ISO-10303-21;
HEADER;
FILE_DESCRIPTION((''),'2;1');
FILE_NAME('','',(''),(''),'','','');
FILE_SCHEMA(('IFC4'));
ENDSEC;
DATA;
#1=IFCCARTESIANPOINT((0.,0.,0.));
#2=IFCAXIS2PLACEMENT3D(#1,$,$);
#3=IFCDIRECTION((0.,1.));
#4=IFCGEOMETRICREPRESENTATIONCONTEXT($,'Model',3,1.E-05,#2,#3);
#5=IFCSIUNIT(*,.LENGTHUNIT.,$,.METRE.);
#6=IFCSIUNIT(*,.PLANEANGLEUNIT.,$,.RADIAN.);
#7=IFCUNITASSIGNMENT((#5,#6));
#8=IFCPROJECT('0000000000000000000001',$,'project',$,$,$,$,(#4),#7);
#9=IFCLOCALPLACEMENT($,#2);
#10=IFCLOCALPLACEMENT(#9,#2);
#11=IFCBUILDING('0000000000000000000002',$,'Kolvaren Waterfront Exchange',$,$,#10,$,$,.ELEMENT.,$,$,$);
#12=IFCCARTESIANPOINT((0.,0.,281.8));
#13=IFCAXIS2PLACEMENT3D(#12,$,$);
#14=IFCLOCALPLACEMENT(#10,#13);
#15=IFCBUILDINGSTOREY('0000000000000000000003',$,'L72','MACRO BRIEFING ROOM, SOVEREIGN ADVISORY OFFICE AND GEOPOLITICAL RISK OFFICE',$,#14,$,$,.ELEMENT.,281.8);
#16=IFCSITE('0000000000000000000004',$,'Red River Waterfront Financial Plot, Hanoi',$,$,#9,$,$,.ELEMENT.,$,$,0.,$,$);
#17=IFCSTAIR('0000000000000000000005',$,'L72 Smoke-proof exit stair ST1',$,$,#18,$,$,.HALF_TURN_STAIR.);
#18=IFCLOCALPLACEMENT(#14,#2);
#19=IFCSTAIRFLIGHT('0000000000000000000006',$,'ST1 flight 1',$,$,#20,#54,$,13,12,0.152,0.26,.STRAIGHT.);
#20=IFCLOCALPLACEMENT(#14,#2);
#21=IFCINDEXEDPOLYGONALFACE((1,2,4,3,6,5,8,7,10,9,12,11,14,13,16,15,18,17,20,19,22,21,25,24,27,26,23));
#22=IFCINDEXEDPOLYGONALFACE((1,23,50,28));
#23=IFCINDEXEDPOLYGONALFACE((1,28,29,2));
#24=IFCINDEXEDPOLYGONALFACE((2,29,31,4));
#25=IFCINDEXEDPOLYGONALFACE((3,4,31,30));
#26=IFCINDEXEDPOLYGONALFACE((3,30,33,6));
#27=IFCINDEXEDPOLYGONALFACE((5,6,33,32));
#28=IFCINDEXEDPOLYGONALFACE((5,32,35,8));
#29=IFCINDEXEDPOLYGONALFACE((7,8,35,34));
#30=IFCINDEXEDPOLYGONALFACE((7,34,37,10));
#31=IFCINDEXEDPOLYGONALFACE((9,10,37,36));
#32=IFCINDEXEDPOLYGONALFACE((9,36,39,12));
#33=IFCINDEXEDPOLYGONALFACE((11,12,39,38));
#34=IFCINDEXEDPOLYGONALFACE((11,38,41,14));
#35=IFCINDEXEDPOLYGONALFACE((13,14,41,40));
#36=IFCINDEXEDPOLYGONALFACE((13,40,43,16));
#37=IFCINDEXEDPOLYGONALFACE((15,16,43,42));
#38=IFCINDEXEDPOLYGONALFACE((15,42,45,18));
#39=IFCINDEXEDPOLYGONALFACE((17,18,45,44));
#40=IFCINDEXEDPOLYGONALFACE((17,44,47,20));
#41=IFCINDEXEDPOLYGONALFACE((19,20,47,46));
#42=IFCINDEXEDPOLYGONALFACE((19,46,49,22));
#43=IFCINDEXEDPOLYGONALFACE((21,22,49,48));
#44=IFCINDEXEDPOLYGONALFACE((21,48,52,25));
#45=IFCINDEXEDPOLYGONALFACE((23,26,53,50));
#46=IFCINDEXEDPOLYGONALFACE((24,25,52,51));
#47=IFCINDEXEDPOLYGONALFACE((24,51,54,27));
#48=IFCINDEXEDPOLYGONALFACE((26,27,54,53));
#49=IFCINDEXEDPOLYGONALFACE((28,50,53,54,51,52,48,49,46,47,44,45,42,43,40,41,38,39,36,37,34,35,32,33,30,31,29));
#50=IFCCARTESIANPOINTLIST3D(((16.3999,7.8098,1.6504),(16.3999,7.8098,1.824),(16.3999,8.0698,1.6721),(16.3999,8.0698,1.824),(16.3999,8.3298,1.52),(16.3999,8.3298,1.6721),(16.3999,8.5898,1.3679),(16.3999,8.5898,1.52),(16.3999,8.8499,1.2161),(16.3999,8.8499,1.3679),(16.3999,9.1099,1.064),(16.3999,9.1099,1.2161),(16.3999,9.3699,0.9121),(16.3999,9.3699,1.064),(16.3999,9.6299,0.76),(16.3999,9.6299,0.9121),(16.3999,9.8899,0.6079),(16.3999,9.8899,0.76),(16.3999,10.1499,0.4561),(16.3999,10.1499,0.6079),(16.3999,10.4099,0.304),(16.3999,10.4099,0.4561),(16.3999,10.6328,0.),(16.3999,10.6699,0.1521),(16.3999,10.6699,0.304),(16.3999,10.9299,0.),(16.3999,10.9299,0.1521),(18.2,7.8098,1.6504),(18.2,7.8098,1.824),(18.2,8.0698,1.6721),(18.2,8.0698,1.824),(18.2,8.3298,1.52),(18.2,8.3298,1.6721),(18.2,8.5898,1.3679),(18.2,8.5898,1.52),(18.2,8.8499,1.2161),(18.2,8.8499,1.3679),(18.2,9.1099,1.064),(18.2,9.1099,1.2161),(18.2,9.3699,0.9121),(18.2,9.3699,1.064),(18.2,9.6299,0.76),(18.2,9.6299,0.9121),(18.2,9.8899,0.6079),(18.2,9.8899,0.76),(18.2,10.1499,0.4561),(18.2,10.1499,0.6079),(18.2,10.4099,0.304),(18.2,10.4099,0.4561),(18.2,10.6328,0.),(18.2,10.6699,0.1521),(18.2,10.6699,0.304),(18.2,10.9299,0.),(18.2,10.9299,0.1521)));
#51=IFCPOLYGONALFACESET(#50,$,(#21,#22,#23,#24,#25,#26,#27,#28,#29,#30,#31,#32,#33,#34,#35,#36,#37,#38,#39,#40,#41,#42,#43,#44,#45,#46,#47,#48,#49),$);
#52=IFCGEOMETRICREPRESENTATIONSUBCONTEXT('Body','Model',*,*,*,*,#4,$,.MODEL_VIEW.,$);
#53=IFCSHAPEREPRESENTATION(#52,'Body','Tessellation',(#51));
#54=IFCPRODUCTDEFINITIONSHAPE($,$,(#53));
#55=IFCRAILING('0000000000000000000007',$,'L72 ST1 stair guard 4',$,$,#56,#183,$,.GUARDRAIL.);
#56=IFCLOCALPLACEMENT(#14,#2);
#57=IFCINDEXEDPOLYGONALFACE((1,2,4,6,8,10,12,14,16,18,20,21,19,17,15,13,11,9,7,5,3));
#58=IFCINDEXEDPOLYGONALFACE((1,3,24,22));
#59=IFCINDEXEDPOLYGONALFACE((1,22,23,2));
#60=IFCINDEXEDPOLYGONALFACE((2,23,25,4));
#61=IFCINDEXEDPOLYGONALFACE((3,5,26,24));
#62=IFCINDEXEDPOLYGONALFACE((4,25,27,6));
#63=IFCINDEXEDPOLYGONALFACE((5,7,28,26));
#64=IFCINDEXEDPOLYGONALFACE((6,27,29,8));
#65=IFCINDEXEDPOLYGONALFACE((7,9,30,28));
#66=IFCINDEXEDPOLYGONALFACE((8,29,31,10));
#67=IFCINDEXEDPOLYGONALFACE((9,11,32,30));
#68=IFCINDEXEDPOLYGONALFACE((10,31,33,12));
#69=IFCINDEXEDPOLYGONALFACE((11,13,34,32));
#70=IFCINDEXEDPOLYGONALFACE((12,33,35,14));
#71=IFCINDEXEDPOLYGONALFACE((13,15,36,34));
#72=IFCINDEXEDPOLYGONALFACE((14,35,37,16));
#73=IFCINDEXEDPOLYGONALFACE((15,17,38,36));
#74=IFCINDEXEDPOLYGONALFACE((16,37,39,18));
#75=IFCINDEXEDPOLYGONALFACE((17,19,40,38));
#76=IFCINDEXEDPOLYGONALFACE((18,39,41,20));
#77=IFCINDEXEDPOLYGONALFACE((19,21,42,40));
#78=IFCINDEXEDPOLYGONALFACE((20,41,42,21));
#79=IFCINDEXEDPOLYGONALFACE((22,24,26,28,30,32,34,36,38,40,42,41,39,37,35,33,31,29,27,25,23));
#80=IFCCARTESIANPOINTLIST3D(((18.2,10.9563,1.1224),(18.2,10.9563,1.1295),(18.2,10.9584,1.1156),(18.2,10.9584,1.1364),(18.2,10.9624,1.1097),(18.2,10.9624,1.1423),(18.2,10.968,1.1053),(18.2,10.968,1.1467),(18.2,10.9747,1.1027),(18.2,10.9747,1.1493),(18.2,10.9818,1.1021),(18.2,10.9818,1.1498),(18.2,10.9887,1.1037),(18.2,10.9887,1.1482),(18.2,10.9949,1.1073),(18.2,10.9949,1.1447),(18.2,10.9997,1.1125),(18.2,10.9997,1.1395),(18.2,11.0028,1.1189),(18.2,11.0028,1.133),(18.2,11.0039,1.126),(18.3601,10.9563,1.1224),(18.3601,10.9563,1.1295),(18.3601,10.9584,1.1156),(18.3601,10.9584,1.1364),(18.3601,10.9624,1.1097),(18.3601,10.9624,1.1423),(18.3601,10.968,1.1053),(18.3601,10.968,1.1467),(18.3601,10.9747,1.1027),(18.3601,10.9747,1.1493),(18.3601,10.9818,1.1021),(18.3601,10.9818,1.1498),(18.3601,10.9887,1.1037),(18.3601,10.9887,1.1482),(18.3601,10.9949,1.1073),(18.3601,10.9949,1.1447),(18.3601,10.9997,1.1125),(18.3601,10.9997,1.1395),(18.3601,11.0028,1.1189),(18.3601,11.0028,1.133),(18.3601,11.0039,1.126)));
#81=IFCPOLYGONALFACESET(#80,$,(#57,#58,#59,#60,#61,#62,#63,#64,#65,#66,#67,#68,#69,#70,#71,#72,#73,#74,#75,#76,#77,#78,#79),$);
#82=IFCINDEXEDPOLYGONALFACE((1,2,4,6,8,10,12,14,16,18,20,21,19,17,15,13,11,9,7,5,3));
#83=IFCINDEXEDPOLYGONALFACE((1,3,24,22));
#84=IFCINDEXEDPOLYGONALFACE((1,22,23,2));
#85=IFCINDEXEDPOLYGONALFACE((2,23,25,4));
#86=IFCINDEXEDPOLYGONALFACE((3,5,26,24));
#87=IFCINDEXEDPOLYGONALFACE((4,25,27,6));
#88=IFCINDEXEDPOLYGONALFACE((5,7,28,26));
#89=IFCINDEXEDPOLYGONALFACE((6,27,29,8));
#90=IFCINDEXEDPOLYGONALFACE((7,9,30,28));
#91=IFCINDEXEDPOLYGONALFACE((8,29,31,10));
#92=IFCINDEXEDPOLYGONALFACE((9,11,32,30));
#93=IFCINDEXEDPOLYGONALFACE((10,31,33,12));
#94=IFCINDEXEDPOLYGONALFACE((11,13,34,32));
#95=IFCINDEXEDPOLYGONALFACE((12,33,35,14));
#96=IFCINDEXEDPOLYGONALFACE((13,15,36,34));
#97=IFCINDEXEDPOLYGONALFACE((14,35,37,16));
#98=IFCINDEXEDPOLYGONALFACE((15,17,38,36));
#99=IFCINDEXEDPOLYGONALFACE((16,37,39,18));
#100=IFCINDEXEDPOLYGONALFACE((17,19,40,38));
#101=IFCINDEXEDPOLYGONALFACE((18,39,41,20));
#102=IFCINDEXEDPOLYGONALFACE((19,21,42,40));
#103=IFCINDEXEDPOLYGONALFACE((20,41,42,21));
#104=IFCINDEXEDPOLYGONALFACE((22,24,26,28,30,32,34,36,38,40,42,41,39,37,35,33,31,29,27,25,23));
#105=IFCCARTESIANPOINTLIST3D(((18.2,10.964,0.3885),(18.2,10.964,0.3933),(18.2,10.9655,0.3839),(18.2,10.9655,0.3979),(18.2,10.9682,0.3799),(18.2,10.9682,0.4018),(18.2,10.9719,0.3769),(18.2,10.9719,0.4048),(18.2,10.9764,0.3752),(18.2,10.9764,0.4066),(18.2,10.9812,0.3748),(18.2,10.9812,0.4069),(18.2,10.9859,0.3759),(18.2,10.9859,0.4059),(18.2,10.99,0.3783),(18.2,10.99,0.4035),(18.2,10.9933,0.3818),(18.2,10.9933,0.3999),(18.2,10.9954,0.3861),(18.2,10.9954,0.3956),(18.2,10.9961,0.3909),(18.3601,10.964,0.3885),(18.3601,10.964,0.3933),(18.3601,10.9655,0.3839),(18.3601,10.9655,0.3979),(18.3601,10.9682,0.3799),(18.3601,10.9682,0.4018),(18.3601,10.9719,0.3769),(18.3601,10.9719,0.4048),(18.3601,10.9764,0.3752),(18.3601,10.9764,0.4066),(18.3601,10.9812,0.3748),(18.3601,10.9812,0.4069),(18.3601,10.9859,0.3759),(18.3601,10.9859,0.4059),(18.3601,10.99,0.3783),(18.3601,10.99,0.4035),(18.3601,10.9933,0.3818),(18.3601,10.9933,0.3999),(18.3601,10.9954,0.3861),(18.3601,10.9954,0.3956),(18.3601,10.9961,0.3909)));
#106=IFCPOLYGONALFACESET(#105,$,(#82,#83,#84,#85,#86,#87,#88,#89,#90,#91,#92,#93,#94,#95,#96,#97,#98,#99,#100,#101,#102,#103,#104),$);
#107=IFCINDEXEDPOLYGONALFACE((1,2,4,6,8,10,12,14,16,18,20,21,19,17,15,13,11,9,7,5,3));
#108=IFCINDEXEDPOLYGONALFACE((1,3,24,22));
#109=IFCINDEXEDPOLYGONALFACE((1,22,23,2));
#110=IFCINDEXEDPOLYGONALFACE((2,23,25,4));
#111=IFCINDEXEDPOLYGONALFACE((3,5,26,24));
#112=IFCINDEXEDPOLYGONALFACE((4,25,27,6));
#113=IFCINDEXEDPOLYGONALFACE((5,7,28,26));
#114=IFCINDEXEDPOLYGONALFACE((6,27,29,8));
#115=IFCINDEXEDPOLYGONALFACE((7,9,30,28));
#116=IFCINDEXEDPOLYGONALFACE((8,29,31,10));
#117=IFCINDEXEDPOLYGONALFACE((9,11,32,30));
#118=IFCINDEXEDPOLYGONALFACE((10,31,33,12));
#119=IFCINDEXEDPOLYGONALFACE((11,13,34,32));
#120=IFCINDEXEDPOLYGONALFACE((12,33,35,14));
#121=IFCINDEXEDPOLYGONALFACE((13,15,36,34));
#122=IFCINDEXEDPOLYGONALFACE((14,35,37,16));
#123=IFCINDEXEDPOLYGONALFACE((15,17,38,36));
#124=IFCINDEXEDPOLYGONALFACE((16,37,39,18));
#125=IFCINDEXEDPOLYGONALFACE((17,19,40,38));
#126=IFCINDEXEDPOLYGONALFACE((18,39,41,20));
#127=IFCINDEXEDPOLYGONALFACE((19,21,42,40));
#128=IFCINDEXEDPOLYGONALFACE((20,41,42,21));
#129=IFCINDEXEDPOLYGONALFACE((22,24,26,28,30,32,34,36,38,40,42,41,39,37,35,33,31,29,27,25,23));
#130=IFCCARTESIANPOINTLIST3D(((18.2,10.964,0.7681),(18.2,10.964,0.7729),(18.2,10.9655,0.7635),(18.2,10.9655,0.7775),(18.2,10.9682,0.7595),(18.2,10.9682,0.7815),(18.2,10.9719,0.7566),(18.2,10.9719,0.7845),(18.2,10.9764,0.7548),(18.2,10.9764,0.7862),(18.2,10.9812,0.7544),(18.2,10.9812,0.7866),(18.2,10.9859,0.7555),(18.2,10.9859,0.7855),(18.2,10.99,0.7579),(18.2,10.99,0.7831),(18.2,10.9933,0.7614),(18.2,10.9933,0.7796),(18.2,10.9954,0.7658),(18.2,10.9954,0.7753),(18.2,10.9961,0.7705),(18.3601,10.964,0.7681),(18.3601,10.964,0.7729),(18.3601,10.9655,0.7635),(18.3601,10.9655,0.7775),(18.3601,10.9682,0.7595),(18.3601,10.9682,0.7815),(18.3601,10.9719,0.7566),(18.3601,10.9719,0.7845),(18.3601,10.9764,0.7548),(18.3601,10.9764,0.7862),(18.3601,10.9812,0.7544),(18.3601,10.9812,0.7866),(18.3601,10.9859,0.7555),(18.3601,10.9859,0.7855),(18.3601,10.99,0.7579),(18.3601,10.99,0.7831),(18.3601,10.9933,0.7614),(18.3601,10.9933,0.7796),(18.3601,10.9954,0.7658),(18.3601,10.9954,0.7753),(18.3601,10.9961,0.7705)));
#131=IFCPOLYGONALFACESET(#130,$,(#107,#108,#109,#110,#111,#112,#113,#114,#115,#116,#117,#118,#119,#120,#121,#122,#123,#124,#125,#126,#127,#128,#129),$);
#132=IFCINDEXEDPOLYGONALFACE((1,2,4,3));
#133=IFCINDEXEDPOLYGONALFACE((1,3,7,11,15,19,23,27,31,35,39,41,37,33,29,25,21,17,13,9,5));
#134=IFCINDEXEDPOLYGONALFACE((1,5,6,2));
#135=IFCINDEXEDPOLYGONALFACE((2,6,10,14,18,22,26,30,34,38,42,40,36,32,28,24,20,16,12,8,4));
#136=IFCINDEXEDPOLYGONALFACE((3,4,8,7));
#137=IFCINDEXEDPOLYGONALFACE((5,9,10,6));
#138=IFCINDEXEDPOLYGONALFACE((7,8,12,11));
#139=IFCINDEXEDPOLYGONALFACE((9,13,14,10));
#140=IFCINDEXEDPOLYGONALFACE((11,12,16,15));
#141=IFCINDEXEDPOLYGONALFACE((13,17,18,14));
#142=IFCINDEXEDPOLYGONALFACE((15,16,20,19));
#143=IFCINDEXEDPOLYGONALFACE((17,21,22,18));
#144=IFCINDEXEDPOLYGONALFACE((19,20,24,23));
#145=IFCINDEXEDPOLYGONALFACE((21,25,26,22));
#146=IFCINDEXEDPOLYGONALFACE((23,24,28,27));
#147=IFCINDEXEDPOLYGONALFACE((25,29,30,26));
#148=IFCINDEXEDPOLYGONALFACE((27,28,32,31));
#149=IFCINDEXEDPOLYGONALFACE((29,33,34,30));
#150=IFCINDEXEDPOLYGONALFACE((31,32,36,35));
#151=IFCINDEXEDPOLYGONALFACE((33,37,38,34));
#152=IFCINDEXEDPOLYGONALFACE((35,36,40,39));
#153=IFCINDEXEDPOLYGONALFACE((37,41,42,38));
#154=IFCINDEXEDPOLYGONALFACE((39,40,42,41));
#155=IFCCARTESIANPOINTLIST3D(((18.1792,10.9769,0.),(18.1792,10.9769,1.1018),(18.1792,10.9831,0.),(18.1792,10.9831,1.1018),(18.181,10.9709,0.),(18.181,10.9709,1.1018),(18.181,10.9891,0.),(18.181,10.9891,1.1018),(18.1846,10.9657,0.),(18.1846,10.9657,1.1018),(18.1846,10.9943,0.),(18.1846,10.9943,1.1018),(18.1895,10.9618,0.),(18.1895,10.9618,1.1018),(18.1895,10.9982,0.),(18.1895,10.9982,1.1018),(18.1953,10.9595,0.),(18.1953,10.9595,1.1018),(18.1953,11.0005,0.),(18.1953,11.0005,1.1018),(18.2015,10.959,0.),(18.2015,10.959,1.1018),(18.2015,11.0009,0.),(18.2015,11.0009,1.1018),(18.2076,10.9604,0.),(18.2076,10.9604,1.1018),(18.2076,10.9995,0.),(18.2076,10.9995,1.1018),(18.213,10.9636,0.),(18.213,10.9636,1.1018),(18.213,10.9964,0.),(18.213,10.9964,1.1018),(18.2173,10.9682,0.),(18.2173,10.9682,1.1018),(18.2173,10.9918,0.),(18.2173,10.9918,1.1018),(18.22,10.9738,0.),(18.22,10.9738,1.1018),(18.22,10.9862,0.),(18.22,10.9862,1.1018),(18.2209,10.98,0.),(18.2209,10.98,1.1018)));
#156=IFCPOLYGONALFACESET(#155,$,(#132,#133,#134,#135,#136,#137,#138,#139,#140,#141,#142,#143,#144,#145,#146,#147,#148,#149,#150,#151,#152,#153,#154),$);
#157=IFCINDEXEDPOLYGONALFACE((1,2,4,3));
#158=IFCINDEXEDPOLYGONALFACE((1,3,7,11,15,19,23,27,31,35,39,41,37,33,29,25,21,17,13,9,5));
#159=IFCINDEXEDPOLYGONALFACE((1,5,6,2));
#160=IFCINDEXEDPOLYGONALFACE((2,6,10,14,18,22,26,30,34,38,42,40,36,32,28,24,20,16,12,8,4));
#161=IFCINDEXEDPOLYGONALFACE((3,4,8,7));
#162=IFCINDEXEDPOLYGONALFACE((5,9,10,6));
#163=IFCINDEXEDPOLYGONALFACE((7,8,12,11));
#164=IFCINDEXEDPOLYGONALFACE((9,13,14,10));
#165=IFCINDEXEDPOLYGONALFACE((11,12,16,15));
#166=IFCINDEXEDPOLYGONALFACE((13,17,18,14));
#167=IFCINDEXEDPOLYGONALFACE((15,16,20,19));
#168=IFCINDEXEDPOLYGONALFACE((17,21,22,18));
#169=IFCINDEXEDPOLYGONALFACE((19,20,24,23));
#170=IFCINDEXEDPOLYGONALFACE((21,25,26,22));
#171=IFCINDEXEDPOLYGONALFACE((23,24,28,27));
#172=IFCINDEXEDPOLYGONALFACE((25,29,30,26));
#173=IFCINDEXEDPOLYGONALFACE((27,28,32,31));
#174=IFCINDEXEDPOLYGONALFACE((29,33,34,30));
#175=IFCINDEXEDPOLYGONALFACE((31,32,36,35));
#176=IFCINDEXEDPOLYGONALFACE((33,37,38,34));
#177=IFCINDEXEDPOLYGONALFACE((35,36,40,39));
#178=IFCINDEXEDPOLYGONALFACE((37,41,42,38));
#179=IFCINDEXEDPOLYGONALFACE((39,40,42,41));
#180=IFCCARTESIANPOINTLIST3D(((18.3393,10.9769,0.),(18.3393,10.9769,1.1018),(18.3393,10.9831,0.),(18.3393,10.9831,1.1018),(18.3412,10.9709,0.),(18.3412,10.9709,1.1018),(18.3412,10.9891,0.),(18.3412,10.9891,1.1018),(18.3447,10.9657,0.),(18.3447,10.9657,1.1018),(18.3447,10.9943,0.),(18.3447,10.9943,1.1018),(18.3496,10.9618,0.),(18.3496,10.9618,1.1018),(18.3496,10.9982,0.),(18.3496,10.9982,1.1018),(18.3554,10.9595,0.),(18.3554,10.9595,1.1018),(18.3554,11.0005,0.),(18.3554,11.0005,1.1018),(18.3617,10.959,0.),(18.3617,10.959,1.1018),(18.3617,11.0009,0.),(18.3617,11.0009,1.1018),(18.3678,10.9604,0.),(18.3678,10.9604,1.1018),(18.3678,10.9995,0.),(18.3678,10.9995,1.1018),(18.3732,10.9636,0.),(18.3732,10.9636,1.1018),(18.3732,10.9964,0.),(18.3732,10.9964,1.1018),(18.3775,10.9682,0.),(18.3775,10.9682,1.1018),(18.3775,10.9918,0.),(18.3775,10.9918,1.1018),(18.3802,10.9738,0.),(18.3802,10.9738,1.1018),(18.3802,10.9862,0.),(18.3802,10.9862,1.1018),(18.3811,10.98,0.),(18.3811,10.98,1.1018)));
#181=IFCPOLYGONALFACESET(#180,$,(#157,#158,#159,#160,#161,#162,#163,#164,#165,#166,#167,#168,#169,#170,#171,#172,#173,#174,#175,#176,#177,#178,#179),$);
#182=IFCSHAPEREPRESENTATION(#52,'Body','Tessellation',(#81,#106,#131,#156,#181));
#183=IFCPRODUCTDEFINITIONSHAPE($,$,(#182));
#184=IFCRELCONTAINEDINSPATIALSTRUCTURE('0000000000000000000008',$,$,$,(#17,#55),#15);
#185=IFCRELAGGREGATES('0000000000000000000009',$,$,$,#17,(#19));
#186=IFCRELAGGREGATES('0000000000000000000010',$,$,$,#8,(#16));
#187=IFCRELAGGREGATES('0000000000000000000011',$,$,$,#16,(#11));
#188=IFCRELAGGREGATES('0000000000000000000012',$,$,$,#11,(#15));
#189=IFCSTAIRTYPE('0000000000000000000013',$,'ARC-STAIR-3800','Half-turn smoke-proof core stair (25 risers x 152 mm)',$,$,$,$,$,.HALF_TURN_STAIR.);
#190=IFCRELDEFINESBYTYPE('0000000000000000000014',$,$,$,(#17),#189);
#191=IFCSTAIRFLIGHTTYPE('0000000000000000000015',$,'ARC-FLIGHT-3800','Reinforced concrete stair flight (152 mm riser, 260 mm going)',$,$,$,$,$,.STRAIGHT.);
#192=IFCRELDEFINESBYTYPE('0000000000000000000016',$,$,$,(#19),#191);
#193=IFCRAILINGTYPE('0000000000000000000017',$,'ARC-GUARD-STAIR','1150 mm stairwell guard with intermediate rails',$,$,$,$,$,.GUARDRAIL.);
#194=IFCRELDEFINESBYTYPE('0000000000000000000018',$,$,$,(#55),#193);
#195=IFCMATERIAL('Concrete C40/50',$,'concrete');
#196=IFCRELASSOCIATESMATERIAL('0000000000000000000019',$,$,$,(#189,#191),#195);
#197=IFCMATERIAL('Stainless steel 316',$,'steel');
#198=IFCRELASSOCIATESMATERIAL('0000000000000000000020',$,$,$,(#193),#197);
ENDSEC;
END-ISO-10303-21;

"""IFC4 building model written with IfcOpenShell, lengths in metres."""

from ifc_helpers import new_model, si_unit, direction, frame, origin, origin_2d, place, context, subcontext, project, spatial, polyline, circle, outline, extrude, material, type_object, element, aggregate, save


model = new_model("IFC4")

# Units and contexts
model_context = context("Model", 3, precision=1e-05, world=origin(), true_north=direction((0.0, 1.0)))
body_context = subcontext(model_context, "Body", "Model", "MODEL_VIEW")
ifc_project = project(units=[si_unit("LENGTHUNIT", "METRE"), si_unit("PLANEANGLEUNIT", "RADIAN")], contexts=[model_context])

# Site, building, storey
site_placement = place(None, origin())
site = spatial("IfcSite", under=ifc_project, at=site_placement, Name="Red River Waterfront Financial Plot, Hanoi", CompositionType="ELEMENT", RefElevation=0.0)
building_placement = place(site_placement, origin())
building = spatial("IfcBuilding", under=site, at=building_placement, Name="Kolvaren Waterfront Exchange", CompositionType="ELEMENT")
storey_placement = place(building_placement, frame((0.0, 0.0, 281.8)))
storey = spatial("IfcBuildingStorey", under=building, at=storey_placement, Name="L72", Description="MACRO BRIEFING ROOM, SOVEREIGN ADVISORY OFFICE AND GEOPOLITICAL RISK OFFICE", CompositionType="ELEMENT", Elevation=281.8)

# Shared definitions
ifc_material_1 = material(Name="Concrete C40/50", Category="concrete")

# Stair, stair flight
stair_type = type_object("IfcStairType", Name="ARC-STAIR-3800", Description="Half-turn smoke-proof core stair (25 risers x 152 mm)", PredefinedType="HALF_TURN_STAIR", material=ifc_material_1)
stair_placement = place(storey_placement, origin())
stair = element("IfcStair", 1, at=stair_placement, inside=storey, type_object=stair_type, Name="L72 Smoke-proof exit stair ST1", PredefinedType="HALF_TURN_STAIR")
stair_flight_type = type_object("IfcStairFlightType", Name="ARC-FLIGHT-3800", Description="Reinforced concrete stair flight (152 mm riser, 260 mm going)", PredefinedType="STRAIGHT", material=ifc_material_1)
stair_flight_placement = place(storey_placement, frame((17.3, 10.9299, 0.0), z_axis=(0.0, 0.0, 1.0), x_axis=(0.0, -1.0, 0.0)))
stair_flight = element("IfcStairFlight", 2, at=stair_flight_placement, type_object=stair_flight_type, Name="ST1 flight 1", NumberOfRisers=13, NumberOfTreads=12, PredefinedType="STRAIGHT", RiserHeight=0.152, TreadLength=0.26, context=body_context, shape_type="SweptSolid", body=[
    extrude(outline(polyline([(0.0, 0.0), (0.0, 0.1521), (0.26, 0.1521), (0.26, 0.304), (0.52, 0.304), (0.52, 0.4561), (0.78, 0.4561), (0.78, 0.6079), (1.04, 0.6079), (1.04, 0.76), (1.3, 0.76), (1.3, 0.9121), (1.5601, 0.9121), (1.5601, 1.064), (1.8201, 1.064), (1.8201, 1.2161), (2.0801, 1.2161), (2.0801, 1.3679), (2.3401, 1.3679), (2.3401, 1.52), (2.6001, 1.52), (2.6001, 1.6721), (2.8601, 1.6721), (2.8601, 1.824), (3.1201, 1.824), (3.1201, 1.9761), (3.1201, 1.6504), (0.2971, 0.0), (0.0, 0.0)])), frame((0.0, 0.8999, 0.0), z_axis=(0.0, -1.0, 0.0), x_axis=(1.0, 0.0, 0.0)), (0.0, 0.0, 1.0), 1.8),
])
aggregate(stair, [stair_flight])

# Railing
ifc_material_2 = material(Name="Stainless steel 316", Category="steel")
railing_type_1 = type_object("IfcRailingType", Name="ARC-GUARD-STAIR", Description="1150 mm stairwell guard with intermediate rails", PredefinedType="GUARDRAIL", material=ifc_material_2)
railing_1_placement = place(storey_placement, frame((18.2, 10.98, 0.0)))
element("IfcRailing", 3, at=railing_1_placement, inside=storey, type_object=railing_type_1, Name="L72 ST1 stair guard 4", PredefinedType="GUARDRAIL", context=body_context, shape_type="SweptSolid", body=[
    extrude(circle(Radius=0.0239, at=origin_2d()), frame((0.0, 0.0, 1.126), z_axis=(1.0, 0.0, 0.0), x_axis=(0.0, 1.0, 0.0)), (0.0, 0.0, 1.0), 0.1602),
    extrude(circle(Radius=0.0161, at=origin_2d()), frame((0.0, 0.0, 0.3909), z_axis=(1.0, 0.0, 0.0), x_axis=(0.0, 1.0, 0.0)), (0.0, 0.0, 1.0), 0.1602),
    extrude(circle(Radius=0.0161, at=origin_2d()), frame((0.0, 0.0, 0.7705), z_axis=(1.0, 0.0, 0.0), x_axis=(0.0, 1.0, 0.0)), (0.0, 0.0, 1.0), 0.1602),
    extrude(circle(Radius=0.021, at=origin_2d()), origin(), (0.0, 0.0, 1.0), 1.1018),
    extrude(circle(Radius=0.021, at=origin_2d()), frame((0.1602, 0.0, 0.0)), (0.0, 0.0, 1.0), 1.1018),
])

save(model, "model.ifc")
